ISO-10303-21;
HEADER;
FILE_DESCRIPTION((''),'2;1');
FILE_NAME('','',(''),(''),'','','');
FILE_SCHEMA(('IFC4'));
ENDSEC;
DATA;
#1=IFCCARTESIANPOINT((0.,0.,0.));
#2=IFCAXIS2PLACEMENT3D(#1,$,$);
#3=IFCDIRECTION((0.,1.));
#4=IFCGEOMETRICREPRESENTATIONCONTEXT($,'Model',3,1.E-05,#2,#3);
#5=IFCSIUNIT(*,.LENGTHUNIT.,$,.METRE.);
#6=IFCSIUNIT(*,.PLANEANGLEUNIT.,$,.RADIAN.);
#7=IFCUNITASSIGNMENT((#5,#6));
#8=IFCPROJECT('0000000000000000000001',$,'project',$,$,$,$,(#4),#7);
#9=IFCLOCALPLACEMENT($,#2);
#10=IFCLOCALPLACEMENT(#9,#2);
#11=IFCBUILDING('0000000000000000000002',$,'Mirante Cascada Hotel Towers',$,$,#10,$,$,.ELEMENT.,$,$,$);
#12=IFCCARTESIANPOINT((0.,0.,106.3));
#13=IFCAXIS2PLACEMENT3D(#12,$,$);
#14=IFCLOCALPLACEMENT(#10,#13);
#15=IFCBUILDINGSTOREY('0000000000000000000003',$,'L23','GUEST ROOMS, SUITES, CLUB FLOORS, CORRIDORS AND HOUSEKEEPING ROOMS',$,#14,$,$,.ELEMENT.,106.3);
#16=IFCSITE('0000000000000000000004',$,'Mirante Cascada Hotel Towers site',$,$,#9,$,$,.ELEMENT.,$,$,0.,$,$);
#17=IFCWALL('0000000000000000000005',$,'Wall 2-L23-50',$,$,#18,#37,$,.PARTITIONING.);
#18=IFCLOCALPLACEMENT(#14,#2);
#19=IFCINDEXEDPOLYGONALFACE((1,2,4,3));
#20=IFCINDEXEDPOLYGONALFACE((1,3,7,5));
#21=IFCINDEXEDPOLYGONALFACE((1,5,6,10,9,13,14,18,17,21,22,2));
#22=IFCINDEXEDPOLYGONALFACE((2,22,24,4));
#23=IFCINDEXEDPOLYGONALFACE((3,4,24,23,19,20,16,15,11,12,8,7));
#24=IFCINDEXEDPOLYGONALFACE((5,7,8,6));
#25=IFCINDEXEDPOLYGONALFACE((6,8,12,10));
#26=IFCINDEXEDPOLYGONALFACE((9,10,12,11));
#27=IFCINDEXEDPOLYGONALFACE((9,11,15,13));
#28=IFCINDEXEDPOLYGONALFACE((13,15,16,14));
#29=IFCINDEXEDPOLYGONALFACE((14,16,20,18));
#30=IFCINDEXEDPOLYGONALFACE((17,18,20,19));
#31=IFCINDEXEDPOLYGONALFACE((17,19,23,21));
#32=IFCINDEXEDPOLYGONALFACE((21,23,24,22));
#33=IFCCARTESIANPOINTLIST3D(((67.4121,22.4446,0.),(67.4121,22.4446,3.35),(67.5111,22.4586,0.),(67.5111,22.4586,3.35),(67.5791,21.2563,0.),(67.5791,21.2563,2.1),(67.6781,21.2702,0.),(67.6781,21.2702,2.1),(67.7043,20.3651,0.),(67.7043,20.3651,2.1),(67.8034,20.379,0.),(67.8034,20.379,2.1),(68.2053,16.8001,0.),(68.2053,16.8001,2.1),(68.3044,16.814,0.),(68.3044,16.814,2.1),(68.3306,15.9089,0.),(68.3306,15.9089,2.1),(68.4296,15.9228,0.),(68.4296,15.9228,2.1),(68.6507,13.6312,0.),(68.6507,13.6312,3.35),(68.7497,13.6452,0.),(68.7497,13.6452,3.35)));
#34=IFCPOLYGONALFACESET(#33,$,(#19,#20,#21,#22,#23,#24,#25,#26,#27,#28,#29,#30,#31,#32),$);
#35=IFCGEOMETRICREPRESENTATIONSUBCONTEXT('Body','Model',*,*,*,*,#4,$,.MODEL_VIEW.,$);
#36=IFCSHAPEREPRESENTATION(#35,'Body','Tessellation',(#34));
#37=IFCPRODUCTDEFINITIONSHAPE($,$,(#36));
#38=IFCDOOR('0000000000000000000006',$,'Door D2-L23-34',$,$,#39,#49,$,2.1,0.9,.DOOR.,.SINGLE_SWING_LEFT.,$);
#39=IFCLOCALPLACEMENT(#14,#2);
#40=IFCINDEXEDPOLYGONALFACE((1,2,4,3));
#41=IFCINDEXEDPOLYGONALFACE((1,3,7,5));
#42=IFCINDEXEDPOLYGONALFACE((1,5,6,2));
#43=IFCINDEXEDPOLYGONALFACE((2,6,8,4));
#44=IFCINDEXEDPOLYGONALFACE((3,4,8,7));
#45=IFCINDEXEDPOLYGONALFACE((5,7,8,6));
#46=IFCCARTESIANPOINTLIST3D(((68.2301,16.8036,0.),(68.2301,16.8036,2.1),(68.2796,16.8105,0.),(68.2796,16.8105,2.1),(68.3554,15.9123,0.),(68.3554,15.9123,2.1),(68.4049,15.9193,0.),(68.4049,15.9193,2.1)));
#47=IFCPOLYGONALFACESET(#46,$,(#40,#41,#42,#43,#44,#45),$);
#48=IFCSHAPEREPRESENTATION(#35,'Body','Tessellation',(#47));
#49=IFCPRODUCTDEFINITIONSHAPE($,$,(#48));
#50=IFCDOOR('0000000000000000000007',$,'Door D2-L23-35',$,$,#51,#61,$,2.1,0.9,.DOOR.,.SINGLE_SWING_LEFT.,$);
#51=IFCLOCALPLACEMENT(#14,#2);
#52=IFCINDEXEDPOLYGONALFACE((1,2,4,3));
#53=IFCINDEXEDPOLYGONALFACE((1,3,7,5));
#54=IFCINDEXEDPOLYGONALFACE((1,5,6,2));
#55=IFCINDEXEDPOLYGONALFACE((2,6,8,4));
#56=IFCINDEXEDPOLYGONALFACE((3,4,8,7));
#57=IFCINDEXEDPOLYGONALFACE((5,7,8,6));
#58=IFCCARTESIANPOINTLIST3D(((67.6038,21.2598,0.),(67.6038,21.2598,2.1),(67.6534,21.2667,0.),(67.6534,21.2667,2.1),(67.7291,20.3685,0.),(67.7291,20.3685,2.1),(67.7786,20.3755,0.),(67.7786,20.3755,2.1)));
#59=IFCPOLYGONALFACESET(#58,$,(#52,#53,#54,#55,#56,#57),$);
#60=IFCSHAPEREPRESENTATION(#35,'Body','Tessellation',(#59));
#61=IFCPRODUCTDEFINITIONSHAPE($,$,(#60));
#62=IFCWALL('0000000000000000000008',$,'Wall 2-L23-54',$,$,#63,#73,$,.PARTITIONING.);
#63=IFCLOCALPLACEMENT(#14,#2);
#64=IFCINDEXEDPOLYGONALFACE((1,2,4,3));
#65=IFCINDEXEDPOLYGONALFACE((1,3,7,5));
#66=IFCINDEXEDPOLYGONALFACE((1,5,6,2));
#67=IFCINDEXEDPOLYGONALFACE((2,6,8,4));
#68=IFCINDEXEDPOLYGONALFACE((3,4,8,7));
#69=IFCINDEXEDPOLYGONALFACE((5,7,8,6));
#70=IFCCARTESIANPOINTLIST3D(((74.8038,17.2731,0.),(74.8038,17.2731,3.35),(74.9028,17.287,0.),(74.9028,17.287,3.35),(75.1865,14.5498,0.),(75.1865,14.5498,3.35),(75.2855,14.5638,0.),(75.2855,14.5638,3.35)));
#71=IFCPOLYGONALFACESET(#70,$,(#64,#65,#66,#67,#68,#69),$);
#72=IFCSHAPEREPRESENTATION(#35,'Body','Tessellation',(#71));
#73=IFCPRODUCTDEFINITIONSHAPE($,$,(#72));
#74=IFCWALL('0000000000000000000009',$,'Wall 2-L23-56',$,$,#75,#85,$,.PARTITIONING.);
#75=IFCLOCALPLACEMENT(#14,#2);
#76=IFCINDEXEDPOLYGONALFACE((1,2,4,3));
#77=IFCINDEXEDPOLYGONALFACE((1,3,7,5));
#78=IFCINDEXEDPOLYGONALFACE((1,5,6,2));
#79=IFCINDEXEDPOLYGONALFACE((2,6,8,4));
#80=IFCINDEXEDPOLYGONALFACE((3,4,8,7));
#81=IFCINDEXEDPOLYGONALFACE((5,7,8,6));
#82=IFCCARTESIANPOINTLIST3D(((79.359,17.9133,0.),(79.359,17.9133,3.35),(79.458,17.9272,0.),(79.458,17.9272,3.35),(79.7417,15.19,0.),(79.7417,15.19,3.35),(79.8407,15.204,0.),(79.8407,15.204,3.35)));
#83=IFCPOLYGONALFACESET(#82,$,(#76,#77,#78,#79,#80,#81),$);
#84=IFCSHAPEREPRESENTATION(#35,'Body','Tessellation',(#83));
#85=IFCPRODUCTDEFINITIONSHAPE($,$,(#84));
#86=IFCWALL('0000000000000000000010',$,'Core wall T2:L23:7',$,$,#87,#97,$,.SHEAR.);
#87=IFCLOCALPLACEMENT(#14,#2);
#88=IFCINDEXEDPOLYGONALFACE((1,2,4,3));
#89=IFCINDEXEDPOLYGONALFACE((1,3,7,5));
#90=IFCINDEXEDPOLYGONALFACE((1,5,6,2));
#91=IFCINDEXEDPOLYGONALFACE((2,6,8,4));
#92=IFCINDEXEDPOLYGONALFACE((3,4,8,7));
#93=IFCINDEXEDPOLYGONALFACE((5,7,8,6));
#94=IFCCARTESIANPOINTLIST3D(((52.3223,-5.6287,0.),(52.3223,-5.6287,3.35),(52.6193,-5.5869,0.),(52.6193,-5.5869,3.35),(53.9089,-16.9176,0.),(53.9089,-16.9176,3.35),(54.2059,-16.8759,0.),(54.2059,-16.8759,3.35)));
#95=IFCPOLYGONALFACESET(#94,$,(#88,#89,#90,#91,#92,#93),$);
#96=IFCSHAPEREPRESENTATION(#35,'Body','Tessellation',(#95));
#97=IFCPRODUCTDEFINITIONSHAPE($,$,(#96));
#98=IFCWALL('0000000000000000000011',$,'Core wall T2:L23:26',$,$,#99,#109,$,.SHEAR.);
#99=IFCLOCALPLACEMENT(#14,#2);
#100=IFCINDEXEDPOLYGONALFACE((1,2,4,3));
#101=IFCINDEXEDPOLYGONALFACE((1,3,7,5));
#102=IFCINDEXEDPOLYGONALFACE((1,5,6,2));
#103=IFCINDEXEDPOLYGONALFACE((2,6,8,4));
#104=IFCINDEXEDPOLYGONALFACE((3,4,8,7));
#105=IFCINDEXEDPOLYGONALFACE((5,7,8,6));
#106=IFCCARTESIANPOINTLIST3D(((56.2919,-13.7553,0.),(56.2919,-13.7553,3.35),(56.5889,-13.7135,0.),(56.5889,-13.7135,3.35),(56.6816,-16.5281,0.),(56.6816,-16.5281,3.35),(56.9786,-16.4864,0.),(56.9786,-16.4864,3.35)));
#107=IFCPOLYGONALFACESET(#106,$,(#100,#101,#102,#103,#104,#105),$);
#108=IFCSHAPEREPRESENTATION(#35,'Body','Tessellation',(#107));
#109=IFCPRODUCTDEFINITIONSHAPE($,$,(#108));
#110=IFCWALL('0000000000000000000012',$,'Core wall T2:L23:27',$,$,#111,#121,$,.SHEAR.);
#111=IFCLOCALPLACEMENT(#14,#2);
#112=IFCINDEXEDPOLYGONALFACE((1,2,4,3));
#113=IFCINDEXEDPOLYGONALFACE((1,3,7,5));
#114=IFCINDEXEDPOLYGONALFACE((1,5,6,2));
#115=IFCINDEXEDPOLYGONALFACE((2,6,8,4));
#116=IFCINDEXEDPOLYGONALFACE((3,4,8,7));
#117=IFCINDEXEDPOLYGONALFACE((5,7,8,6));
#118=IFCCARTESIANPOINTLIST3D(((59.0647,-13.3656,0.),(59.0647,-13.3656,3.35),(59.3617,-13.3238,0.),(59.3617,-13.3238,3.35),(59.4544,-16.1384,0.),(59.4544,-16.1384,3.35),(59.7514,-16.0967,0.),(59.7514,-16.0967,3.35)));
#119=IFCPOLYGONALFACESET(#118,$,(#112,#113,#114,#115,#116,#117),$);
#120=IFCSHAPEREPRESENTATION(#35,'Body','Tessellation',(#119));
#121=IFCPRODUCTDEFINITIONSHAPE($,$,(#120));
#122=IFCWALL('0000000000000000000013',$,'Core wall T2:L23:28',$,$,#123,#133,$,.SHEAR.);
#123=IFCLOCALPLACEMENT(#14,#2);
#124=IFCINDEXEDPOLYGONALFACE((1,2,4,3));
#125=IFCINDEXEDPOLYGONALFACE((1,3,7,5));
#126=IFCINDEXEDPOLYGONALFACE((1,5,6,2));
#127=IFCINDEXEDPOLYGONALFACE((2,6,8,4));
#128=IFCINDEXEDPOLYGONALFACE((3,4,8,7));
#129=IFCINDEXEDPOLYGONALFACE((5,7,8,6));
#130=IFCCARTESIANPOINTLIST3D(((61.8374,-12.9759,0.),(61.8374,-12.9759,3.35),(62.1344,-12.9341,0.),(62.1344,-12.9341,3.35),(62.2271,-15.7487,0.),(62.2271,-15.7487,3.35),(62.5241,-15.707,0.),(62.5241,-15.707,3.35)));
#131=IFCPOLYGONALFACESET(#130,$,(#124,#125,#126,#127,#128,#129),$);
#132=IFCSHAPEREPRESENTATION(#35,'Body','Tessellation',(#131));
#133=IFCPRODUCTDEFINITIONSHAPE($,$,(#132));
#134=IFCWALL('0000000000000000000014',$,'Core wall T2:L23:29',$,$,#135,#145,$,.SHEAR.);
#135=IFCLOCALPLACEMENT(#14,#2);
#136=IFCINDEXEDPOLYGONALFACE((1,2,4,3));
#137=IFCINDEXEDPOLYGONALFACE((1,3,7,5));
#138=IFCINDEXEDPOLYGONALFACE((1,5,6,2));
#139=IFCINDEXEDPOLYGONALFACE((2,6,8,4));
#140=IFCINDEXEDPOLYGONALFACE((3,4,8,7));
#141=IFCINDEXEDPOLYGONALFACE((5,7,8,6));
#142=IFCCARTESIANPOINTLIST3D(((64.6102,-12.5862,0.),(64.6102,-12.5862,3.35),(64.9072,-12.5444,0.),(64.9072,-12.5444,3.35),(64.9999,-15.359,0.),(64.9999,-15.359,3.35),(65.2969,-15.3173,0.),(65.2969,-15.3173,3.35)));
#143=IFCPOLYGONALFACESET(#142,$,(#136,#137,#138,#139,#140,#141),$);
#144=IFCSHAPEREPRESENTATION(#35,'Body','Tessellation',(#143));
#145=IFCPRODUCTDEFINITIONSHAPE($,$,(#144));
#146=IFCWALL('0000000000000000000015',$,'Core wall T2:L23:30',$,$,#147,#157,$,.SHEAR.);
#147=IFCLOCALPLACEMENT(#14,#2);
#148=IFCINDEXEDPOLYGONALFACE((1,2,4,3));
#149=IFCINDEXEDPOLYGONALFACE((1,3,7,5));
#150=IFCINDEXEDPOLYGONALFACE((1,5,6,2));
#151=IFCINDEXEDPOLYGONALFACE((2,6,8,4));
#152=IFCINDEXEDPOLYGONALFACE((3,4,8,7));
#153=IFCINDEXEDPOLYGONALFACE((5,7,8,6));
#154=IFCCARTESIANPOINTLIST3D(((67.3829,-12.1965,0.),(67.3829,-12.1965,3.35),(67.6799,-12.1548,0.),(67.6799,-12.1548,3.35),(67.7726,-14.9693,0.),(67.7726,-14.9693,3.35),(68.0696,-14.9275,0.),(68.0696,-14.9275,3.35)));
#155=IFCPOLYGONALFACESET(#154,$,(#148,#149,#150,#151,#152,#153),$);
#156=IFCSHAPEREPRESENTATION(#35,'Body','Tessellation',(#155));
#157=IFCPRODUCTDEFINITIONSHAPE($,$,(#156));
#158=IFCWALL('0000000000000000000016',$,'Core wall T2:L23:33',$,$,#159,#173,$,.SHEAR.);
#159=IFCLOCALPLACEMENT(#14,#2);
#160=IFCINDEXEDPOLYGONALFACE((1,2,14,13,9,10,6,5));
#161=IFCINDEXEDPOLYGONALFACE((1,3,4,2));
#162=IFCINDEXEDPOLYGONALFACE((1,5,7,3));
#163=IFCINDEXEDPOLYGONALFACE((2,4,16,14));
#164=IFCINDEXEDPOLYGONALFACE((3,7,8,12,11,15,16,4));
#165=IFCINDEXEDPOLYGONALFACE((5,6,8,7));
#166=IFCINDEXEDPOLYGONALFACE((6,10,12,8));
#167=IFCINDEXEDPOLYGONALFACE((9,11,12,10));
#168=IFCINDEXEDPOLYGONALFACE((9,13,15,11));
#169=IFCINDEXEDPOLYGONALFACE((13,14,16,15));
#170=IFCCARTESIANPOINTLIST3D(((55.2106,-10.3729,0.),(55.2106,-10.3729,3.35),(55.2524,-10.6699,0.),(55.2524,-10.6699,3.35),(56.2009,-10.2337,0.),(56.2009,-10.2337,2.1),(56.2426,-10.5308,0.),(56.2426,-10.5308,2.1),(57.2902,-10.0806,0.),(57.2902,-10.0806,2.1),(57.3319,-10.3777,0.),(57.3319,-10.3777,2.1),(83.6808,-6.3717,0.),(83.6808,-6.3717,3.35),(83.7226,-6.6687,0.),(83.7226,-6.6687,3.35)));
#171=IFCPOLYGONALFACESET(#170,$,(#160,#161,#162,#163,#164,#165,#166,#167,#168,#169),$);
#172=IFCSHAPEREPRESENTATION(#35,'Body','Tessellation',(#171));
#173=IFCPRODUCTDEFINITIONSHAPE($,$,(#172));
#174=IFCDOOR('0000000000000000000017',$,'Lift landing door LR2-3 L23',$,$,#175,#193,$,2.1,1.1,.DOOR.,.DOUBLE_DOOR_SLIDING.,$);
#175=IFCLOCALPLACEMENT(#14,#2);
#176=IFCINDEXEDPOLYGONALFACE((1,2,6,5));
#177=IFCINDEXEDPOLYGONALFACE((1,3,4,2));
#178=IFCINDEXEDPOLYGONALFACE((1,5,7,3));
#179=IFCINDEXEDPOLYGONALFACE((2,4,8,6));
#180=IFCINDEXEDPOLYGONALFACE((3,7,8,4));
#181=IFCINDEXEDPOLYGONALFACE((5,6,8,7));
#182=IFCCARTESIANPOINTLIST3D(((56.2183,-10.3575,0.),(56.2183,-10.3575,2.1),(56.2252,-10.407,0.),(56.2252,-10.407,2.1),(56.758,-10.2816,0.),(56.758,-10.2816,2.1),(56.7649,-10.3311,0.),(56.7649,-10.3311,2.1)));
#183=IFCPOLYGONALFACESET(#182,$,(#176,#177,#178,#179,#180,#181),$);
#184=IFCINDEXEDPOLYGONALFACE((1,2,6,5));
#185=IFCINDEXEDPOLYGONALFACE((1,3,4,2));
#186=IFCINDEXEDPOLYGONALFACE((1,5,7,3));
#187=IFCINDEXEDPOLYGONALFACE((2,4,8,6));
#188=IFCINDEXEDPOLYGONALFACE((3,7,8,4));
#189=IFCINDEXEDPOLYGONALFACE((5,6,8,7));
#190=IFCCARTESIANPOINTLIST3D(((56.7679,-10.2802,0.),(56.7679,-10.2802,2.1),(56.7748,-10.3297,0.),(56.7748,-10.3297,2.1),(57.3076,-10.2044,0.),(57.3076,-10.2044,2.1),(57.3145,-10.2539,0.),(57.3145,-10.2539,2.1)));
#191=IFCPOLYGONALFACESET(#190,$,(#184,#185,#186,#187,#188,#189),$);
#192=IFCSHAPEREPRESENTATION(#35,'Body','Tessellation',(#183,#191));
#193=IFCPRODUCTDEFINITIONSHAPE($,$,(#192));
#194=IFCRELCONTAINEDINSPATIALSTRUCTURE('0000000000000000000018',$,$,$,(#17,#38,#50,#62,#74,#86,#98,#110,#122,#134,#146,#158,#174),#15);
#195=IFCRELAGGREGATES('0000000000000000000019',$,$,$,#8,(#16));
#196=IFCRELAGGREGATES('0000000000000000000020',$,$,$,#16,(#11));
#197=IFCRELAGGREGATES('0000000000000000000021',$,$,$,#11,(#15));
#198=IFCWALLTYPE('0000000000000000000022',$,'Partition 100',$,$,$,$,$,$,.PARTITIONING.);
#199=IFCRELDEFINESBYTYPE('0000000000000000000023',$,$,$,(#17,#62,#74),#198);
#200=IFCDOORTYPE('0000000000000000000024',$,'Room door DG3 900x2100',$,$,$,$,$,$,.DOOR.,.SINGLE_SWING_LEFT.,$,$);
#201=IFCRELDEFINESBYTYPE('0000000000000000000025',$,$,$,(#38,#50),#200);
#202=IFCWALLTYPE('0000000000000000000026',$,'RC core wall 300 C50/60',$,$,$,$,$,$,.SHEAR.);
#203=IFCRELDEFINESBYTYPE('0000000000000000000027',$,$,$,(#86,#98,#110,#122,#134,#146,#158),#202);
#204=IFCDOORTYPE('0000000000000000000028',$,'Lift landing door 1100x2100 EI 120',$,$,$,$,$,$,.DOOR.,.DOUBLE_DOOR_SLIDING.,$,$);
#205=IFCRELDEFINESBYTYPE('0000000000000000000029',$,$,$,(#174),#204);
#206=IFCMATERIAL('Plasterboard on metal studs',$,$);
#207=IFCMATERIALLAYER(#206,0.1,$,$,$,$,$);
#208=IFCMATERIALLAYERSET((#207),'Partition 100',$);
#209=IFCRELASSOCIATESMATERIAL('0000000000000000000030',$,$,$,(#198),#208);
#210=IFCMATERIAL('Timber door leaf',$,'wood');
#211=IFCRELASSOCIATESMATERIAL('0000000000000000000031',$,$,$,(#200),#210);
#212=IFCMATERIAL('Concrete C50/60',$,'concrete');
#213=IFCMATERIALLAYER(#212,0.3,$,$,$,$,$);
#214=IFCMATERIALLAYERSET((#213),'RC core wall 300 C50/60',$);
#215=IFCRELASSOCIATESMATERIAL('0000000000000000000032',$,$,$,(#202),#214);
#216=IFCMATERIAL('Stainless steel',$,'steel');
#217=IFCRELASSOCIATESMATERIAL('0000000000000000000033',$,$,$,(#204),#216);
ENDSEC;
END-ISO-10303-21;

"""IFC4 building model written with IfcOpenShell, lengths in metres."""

from ifc_helpers import new_model, si_unit, direction, frame, frame_2d, origin, place, context, subcontext, project, spatial, rectangle, extrude, material, layer, layer_set, type_object, element, fill, save


model = new_model("IFC4")

# Units and contexts
model_context = context("Model", 3, precision=1e-05, world=origin(), true_north=direction((0.0, 1.0)))
body_context = subcontext(model_context, "Body", "Model", "MODEL_VIEW")
ifc_project = project(units=[si_unit("LENGTHUNIT", "METRE"), si_unit("PLANEANGLEUNIT", "RADIAN")], contexts=[model_context])

# Site, building, storey
site_placement = place(None, origin())
site = spatial("IfcSite", under=ifc_project, at=site_placement, Name="Mirante Cascada Hotel Towers site", CompositionType="ELEMENT", RefElevation=0.0)
building_placement = place(site_placement, origin())
building = spatial("IfcBuilding", under=site, at=building_placement, Name="Mirante Cascada Hotel Towers", CompositionType="ELEMENT")
storey_placement = place(building_placement, frame((0.0, 0.0, 106.3)))
storey = spatial("IfcBuildingStorey", under=building, at=storey_placement, Name="L23", Description="GUEST ROOMS, SUITES, CLUB FLOORS, CORRIDORS AND HOUSEKEEPING ROOMS", CompositionType="ELEMENT", Elevation=106.3)

# Shared definitions
ifc_material_1 = material(Name="Plasterboard on metal studs")
ifc_layer_1 = layer(ifc_material_1, 0.1)
ifc_layer_set_1 = layer_set([ifc_layer_1], Name="Partition 100")
wall_type_1 = type_object("IfcWallType", Name="Partition 100", PredefinedType="PARTITIONING", material=ifc_layer_set_1)

# Wall, openings, doors
wall_1_placement = place(storey_placement, frame((68.7002, 13.6382, 0.0), z_axis=(0.0, 0.0, 1.0), x_axis=(-0.139168, 0.990269, 0.0)))
wall_1 = element("IfcWall", 1, at=wall_1_placement, inside=storey, type_object=wall_type_1, Name="Wall 2-L23-50", PredefinedType="PARTITIONING", context=body_context, shape_type="SweptSolid", body=[
    extrude(rectangle(XDim=8.9, YDim=0.1, at=frame_2d((4.45, 0.0))), origin(), (0.0, 0.0, 1.0), 3.35),
])
opening_1_placement = place(wall_1_placement, frame((2.3, 0.0, 0.0)))
opening_1 = element("IfcOpeningElement", 2, at=opening_1_placement, cuts=wall_1, PredefinedType="OPENING", context=body_context, shape_type="SweptSolid", body=[
    extrude(rectangle(XDim=0.9, YDim=2.1, at=frame_2d((0.45, 1.05))), frame((0.0, 0.05, 0.0), z_axis=(0.0, -1.0, 0.0), x_axis=(1.0, 0.0, 0.0)), (0.0, 0.0, 1.0), 0.1),
])
opening_2_placement = place(wall_1_placement, frame((6.8, 0.0, 0.0)))
opening_2 = element("IfcOpeningElement", 3, at=opening_2_placement, cuts=wall_1, PredefinedType="OPENING", context=body_context, shape_type="SweptSolid", body=[
    extrude(rectangle(XDim=0.9, YDim=2.1, at=frame_2d((0.45, 1.05))), frame((0.0, 0.05, 0.0), z_axis=(0.0, -1.0, 0.0), x_axis=(1.0, 0.0, 0.0)), (0.0, 0.0, 1.0), 0.1),
])
ifc_material_2 = material(Name="Timber door leaf", Category="wood")
door_type_1 = type_object("IfcDoorType", Name="Room door DG3 900x2100", OperationType="SINGLE_SWING_LEFT", PredefinedType="DOOR", material=ifc_material_2)
door_1_placement = place(opening_1_placement, origin())
door_1 = element("IfcDoor", 4, at=door_1_placement, inside=storey, type_object=door_type_1, Name="Door D2-L23-34", OperationType="SINGLE_SWING_LEFT", OverallHeight=2.1, OverallWidth=0.9, PredefinedType="DOOR", context=body_context, shape_type="SweptSolid", body=[
    extrude(rectangle(XDim=0.9, YDim=2.1, at=frame_2d((0.45, 1.05))), frame((0.0, 0.025, 0.0), z_axis=(0.0, -1.0, 0.0), x_axis=(1.0, 0.0, 0.0)), (0.0, 0.0, 1.0), 0.05),
])
fill(opening_1, door_1)
door_2_placement = place(opening_2_placement, origin())
door_2 = element("IfcDoor", 5, at=door_2_placement, inside=storey, type_object=door_type_1, Name="Door D2-L23-35", OperationType="SINGLE_SWING_LEFT", OverallHeight=2.1, OverallWidth=0.9, PredefinedType="DOOR", context=body_context, shape_type="SweptSolid", body=[
    extrude(rectangle(XDim=0.9, YDim=2.1, at=frame_2d((0.45, 1.05))), frame((0.0, 0.025, 0.0), z_axis=(0.0, -1.0, 0.0), x_axis=(1.0, 0.0, 0.0)), (0.0, 0.0, 1.0), 0.05),
])
fill(opening_2, door_2)

# Walls
for number, where, z_axis, x_axis, name in (
    (6, (75.236, 14.5568, 0.0), (0.0, 0.0, 1.0), (-0.139166, 0.990269, 0.0), "Wall 2-L23-54"),
    (7, (79.7912, 15.197, 0.0), (0.0, 0.0, 1.0), (-0.139166, 0.990269, 0.0), "Wall 2-L23-56"),
):
    element("IfcWall", number, at=place(storey_placement, frame(where, z_axis=z_axis, x_axis=x_axis)), inside=storey, type_object=wall_type_1, Name=name, PredefinedType="PARTITIONING", context=body_context, shape_type="SweptSolid", body=[
        extrude(rectangle(XDim=2.75, YDim=0.1, at=frame_2d((1.375, 0.0))), origin(), (0.0, 0.0, 1.0), 3.35),
    ])
ifc_material_3 = material(Name="Concrete C50/60", Category="concrete")
ifc_layer_2 = layer(ifc_material_3, 0.3)
ifc_layer_set_2 = layer_set([ifc_layer_2], Name="RC core wall 300 C50/60")
wall_type_2 = type_object("IfcWallType", Name="RC core wall 300 C50/60", PredefinedType="SHEAR", material=ifc_layer_set_2)
wall_2_placement = place(storey_placement, frame((54.0574, -16.8968, 0.0), z_axis=(0.0, 0.0, 1.0), x_axis=(-0.139176, 0.990268, 0.0)))
element("IfcWall", 8, at=wall_2_placement, inside=storey, type_object=wall_type_2, Name="Core wall T2:L23:7", PredefinedType="SHEAR", context=body_context, shape_type="SweptSolid", body=[
    extrude(rectangle(XDim=11.3999, YDim=0.3, at=frame_2d((5.7, 0.0))), origin(), (0.0, 0.0, 1.0), 3.35),
])
for number, where, z_axis, x_axis, name in (
    (9, (56.8301, -16.5072, 0.0), (0.0, 0.0, 1.0), (-0.139176, 0.990268, 0.0), "Core wall T2:L23:26"),
    (10, (59.6029, -16.1175, 0.0), (0.0, 0.0, 1.0), (-0.139176, 0.990268, 0.0), "Core wall T2:L23:27"),
    (11, (62.3756, -15.7278, 0.0), (0.0, 0.0, 1.0), (-0.139176, 0.990268, 0.0), "Core wall T2:L23:28"),
    (12, (65.1484, -15.3381, 0.0), (0.0, 0.0, 1.0), (-0.139176, 0.990268, 0.0), "Core wall T2:L23:29"),
):
    element("IfcWall", number, at=place(storey_placement, frame(where, z_axis=z_axis, x_axis=x_axis)), inside=storey, type_object=wall_type_2, Name=name, PredefinedType="SHEAR", context=body_context, shape_type="SweptSolid", body=[
        extrude(rectangle(XDim=2.8001, YDim=0.3, at=frame_2d((1.4, 0.0))), origin(), (0.0, 0.0, 1.0), 3.35),
    ])
wall_3_placement = place(storey_placement, frame((67.9211, -14.9484, 0.0), z_axis=(0.0, 0.0, 1.0), x_axis=(-0.139181, 0.990267, 0.0)))
element("IfcWall", 13, at=wall_3_placement, inside=storey, type_object=wall_type_2, Name="Core wall T2:L23:30", PredefinedType="SHEAR", context=body_context, shape_type="SweptSolid", body=[
    extrude(rectangle(XDim=2.8, YDim=0.3, at=frame_2d((1.4, 0.0))), origin(), (0.0, 0.0, 1.0), 3.35),
])

# Wall, opening, door
wall_4_placement = place(storey_placement, frame((55.2315, -10.5214, 0.0), z_axis=(0.0, 0.0, 1.0), x_axis=(0.990268, 0.139172, 0.0)))
wall_4 = element("IfcWall", 14, at=wall_4_placement, inside=storey, type_object=wall_type_2, Name="Core wall T2:L23:33", PredefinedType="SHEAR", context=body_context, shape_type="SweptSolid", body=[
    extrude(rectangle(XDim=28.75, YDim=0.3, at=frame_2d((14.375, 0.0))), origin(), (0.0, 0.0, 1.0), 3.35),
])
opening_3_placement = place(wall_4_placement, frame((1.0, 0.0, 0.0)))
opening_3 = element("IfcOpeningElement", 15, at=opening_3_placement, cuts=wall_4, PredefinedType="OPENING", context=body_context, shape_type="SweptSolid", body=[
    extrude(rectangle(XDim=1.1, YDim=2.1, at=frame_2d((0.55, 1.05))), frame((0.0, 0.15, 0.0), z_axis=(0.0, -1.0, 0.0), x_axis=(1.0, 0.0, 0.0)), (0.0, 0.0, 1.0), 0.3),
])
ifc_material_4 = material(Name="Stainless steel", Category="steel")
door_type_2 = type_object("IfcDoorType", Name="Lift landing door 1100x2100 EI 120", OperationType="DOUBLE_DOOR_SLIDING", PredefinedType="DOOR", material=ifc_material_4)
door_3_placement = place(opening_3_placement, origin())
door_3 = element("IfcDoor", 16, at=door_3_placement, inside=storey, type_object=door_type_2, Name="Lift landing door LR2-3 L23", OperationType="DOUBLE_DOOR_SLIDING", OverallHeight=2.1, OverallWidth=1.1, PredefinedType="DOOR", context=body_context, shape_type="SweptSolid", body=[
    extrude(rectangle(XDim=0.545, YDim=2.1, at=frame_2d((0.2725, 1.05))), frame((0.0, 0.025, 0.0), z_axis=(0.0, -1.0, 0.0), x_axis=(1.0, 0.0, 0.0)), (0.0, 0.0, 1.0), 0.05),
    extrude(rectangle(XDim=0.545, YDim=2.1, at=frame_2d((0.8275, 1.05))), frame((0.0, 0.025, 0.0), z_axis=(0.0, -1.0, 0.0), x_axis=(1.0, 0.0, 0.0)), (0.0, 0.0, 1.0), 0.05),
])
fill(opening_3, door_3)

save(model, "model.ifc")
